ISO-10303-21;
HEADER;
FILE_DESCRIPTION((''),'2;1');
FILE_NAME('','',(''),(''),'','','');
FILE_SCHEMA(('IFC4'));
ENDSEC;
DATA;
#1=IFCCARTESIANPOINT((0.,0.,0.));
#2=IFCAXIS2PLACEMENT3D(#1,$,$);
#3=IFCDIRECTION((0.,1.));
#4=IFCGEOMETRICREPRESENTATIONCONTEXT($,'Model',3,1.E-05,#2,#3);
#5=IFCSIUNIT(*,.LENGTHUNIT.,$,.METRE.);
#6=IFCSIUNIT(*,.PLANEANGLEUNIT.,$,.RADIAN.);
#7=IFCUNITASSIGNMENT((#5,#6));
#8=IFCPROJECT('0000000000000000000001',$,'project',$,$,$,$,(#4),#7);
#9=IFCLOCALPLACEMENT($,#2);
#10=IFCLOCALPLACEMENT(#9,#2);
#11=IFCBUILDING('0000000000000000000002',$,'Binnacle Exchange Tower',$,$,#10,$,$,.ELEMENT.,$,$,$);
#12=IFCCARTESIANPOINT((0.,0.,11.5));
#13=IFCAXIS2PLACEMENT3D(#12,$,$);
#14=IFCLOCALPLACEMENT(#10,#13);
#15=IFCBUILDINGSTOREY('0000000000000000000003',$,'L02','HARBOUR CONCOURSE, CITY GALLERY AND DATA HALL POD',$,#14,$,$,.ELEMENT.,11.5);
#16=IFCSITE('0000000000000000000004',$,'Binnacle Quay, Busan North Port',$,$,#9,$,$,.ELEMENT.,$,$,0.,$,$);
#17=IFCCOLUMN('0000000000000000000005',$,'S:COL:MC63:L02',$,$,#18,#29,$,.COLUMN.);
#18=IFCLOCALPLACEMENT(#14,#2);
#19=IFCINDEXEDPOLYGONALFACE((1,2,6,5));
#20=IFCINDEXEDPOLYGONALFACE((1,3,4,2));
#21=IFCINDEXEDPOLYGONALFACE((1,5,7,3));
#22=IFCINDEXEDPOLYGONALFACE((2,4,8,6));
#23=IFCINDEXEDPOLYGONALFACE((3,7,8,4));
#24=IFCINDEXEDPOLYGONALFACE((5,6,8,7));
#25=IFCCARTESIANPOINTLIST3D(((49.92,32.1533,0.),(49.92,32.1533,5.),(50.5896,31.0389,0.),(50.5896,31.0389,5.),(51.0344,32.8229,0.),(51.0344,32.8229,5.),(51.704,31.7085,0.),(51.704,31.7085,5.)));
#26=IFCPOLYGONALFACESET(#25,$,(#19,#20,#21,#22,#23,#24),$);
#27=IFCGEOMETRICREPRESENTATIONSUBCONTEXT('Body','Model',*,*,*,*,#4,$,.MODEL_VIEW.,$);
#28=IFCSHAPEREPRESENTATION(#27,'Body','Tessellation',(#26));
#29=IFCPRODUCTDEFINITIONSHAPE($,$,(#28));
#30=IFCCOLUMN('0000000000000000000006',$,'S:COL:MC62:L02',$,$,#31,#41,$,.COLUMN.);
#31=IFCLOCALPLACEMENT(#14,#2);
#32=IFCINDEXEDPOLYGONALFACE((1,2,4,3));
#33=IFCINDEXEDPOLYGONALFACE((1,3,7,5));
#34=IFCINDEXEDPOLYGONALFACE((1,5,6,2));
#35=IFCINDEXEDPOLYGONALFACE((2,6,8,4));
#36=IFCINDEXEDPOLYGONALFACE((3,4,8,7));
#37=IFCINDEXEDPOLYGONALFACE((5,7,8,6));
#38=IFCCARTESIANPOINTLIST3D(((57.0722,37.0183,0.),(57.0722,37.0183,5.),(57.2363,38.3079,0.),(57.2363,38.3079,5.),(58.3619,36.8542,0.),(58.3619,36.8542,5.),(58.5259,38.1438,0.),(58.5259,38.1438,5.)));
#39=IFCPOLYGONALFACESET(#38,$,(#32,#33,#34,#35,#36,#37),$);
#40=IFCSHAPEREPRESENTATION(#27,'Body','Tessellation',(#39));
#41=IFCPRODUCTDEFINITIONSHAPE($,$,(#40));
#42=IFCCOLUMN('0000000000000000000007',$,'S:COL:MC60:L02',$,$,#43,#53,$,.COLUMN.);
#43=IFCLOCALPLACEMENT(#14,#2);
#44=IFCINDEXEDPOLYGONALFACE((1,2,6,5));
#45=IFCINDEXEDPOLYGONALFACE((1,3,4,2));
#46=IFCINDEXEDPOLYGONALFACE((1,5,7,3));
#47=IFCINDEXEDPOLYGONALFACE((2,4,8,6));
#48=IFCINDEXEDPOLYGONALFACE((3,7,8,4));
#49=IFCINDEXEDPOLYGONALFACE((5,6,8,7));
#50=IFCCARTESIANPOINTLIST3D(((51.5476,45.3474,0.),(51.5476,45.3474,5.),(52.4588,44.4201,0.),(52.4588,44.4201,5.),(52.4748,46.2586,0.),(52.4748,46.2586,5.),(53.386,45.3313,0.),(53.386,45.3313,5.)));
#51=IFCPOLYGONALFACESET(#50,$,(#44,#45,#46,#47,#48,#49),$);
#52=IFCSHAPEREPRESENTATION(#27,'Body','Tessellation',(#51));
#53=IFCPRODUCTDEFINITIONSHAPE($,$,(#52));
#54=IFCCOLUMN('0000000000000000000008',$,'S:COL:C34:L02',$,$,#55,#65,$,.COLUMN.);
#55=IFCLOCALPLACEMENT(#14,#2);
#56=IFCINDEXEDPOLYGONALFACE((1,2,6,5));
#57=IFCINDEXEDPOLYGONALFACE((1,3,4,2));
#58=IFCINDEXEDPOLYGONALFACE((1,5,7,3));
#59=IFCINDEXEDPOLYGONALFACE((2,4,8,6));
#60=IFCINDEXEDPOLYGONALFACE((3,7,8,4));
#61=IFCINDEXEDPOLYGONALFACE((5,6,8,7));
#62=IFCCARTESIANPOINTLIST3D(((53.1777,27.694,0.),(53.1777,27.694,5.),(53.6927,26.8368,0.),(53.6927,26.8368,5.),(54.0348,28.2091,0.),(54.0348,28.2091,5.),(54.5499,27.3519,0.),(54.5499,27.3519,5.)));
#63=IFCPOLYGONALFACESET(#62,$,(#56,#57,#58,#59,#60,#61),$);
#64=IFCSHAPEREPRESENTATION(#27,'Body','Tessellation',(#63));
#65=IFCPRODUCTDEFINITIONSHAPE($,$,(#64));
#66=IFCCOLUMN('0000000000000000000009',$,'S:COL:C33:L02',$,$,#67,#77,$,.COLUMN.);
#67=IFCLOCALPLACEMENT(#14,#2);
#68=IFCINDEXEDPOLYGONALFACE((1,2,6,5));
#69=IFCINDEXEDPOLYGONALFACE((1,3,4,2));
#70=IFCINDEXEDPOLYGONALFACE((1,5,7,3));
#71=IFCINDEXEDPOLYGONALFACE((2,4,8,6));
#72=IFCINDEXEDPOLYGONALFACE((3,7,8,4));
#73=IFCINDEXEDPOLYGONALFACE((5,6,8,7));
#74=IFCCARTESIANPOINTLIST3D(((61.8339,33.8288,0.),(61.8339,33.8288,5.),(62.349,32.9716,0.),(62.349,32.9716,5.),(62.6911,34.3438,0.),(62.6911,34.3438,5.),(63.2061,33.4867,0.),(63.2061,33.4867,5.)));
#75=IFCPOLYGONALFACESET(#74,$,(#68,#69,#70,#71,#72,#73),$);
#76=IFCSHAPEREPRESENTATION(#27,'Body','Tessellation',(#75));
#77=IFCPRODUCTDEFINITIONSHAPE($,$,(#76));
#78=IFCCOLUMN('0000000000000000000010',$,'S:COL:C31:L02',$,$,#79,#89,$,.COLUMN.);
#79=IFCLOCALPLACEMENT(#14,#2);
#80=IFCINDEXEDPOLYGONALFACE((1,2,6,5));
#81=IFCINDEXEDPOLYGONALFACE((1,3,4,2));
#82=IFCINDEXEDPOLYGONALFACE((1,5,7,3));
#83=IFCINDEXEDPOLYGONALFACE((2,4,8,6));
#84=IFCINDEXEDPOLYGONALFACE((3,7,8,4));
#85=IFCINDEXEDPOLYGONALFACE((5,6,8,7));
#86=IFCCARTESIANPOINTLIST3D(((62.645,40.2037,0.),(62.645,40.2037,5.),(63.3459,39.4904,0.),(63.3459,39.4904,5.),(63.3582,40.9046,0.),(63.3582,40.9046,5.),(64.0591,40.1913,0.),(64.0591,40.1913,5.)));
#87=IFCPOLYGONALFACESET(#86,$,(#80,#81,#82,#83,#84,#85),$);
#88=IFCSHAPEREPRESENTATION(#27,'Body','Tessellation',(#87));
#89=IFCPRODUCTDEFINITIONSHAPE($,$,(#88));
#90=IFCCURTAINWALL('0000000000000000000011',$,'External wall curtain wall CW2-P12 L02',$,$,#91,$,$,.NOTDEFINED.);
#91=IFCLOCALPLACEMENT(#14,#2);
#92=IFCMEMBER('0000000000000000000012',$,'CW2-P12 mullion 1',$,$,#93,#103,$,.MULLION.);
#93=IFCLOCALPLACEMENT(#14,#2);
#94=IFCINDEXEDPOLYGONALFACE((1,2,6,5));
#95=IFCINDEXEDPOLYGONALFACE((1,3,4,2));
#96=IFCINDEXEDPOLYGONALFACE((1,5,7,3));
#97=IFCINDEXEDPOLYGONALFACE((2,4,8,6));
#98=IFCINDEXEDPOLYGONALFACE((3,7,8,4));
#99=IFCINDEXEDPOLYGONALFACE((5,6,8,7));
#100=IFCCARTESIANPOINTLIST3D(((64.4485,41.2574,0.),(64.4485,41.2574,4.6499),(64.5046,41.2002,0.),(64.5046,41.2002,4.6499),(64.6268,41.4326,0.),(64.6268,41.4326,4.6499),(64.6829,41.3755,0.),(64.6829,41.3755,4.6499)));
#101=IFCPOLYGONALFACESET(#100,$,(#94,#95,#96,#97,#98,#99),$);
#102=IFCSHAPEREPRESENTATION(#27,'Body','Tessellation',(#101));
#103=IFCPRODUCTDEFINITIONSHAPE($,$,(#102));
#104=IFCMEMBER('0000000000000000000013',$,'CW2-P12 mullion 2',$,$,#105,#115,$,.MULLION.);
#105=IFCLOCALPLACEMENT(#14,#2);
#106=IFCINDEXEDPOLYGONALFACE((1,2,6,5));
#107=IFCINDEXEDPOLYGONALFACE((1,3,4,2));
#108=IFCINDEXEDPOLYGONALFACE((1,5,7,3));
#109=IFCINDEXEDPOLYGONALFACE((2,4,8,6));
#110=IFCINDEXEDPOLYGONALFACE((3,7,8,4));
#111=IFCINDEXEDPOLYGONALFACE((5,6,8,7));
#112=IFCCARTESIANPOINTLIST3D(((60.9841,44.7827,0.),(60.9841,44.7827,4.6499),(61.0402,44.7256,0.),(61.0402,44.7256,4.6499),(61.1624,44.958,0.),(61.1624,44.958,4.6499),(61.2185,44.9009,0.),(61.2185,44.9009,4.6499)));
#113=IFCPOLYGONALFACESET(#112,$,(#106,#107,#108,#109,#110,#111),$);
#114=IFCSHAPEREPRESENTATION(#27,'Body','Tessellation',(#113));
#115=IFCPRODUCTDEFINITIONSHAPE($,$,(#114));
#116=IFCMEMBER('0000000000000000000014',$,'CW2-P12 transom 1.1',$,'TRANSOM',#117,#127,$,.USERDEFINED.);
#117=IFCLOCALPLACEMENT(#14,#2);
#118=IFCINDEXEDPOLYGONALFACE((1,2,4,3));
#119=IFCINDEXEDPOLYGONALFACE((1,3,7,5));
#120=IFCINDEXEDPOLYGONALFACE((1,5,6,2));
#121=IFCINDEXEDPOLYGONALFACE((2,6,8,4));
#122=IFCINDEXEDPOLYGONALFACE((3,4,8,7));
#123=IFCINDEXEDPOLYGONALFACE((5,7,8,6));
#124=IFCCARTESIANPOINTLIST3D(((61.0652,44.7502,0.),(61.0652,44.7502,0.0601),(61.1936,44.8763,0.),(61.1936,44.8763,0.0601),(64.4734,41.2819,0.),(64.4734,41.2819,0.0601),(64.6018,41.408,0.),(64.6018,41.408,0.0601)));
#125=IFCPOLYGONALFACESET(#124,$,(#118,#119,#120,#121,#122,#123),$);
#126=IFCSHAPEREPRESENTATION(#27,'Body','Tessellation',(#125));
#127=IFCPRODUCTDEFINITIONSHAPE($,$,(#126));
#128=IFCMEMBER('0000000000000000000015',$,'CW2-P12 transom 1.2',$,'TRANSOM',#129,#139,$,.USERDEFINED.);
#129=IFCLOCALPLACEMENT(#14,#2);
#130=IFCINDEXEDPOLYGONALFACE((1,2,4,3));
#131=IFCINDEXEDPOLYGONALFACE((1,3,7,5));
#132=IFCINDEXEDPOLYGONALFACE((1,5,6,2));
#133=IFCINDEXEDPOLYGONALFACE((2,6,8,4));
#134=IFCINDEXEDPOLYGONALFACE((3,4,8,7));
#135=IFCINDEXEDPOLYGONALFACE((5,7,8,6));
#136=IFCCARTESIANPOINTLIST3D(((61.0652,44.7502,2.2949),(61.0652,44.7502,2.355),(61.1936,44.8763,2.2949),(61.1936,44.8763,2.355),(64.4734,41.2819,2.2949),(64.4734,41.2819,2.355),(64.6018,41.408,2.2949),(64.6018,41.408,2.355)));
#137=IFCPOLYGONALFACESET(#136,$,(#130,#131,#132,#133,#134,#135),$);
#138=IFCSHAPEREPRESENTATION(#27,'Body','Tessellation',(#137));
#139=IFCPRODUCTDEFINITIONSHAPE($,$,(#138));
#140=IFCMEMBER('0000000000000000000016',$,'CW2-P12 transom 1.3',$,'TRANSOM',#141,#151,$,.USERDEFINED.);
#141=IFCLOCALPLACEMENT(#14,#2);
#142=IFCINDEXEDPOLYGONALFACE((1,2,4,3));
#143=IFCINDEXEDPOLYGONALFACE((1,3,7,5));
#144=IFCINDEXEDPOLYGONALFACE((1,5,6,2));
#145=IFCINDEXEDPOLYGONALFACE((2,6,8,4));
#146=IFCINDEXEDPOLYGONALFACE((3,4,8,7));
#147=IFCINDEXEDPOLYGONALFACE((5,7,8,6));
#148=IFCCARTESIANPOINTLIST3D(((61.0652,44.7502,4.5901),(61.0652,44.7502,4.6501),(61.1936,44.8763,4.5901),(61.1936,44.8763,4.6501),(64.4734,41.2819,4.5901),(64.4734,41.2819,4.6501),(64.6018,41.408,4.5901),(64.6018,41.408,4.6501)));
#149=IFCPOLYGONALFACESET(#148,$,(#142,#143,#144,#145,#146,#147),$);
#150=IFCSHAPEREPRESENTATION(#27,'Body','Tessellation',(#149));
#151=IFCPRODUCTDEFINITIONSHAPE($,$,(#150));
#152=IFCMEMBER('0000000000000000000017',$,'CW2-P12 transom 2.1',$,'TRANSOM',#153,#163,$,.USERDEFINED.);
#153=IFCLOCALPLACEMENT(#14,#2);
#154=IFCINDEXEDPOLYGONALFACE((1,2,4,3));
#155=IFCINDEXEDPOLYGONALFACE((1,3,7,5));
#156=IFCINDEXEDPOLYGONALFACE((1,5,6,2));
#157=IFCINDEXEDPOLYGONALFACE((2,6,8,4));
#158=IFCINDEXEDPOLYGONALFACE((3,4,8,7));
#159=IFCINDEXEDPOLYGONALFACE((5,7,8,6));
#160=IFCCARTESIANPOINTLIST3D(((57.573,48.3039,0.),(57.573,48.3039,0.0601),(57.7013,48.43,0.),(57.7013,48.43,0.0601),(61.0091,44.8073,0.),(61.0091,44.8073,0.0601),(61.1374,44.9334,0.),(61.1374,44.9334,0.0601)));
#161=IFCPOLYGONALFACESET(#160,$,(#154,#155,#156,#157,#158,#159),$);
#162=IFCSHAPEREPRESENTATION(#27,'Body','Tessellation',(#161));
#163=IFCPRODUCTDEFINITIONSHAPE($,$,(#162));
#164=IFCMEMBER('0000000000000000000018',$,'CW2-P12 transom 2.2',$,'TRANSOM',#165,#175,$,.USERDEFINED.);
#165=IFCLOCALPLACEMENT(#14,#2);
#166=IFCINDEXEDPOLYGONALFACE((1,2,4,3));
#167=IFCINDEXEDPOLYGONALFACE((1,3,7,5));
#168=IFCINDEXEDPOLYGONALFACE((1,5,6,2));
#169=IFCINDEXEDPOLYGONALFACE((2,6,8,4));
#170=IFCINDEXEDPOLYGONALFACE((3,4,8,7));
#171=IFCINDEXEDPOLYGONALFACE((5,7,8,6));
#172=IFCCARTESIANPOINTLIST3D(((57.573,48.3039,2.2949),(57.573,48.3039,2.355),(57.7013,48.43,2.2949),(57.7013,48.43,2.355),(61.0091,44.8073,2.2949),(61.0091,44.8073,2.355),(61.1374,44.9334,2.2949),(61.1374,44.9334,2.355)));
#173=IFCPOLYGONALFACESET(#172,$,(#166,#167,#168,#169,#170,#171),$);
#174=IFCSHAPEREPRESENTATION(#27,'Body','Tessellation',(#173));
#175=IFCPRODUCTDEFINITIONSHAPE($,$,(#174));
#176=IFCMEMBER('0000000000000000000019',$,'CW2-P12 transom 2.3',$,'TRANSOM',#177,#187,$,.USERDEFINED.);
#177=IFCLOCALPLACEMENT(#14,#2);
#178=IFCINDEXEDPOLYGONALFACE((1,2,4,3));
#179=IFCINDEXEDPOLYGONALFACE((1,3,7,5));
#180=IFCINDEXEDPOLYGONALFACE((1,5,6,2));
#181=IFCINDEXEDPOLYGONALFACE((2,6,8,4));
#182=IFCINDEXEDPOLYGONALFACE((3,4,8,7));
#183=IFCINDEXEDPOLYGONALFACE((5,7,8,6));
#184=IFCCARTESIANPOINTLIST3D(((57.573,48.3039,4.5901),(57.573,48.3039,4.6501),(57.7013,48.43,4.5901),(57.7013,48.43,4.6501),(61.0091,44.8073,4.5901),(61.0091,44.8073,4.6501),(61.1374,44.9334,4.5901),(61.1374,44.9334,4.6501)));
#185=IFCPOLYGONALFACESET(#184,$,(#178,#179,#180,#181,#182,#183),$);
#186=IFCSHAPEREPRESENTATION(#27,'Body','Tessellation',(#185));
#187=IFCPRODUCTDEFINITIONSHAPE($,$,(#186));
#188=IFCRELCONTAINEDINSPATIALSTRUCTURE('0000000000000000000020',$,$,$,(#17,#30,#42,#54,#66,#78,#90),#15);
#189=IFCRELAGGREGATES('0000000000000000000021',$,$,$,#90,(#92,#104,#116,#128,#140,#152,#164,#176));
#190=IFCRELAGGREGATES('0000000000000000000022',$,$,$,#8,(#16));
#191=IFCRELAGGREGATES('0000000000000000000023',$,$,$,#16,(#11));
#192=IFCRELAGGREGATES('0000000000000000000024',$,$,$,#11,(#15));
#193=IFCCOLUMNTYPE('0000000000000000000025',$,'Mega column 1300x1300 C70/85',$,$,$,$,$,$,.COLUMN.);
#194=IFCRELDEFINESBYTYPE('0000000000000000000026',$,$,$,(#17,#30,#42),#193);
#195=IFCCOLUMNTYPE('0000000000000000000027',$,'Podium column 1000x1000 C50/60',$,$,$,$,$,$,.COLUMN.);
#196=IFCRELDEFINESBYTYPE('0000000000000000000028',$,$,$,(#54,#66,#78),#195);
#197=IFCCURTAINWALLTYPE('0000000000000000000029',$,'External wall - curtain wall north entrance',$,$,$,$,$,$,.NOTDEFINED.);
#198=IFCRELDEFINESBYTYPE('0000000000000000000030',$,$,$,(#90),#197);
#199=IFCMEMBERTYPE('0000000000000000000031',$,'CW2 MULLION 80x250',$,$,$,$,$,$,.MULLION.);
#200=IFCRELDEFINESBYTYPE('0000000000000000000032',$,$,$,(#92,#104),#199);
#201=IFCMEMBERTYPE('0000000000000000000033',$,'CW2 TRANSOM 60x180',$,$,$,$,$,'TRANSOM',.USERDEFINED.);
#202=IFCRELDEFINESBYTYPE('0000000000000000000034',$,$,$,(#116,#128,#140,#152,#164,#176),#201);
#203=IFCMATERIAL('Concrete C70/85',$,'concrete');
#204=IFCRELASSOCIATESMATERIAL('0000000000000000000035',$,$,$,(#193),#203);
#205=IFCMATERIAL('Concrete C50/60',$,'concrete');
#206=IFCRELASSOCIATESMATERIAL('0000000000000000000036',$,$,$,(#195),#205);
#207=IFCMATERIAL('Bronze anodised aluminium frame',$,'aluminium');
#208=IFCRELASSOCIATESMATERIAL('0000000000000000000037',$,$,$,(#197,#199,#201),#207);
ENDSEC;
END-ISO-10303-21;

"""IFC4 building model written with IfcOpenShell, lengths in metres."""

from ifc_helpers import new_model, si_unit, direction, frame, origin, origin_2d, place, context, subcontext, project, spatial, rectangle, extrude, material, material_profile, profile_set, type_object, element, aggregate, save


model = new_model("IFC4")

# Units and contexts
model_context = context("Model", 3, precision=1e-05, world=origin(), true_north=direction((0.0, 1.0)))
body_context = subcontext(model_context, "Body", "Model", "MODEL_VIEW")
ifc_project = project(units=[si_unit("LENGTHUNIT", "METRE"), si_unit("PLANEANGLEUNIT", "RADIAN")], contexts=[model_context])

# Site, building, storey
site_placement = place(None, origin())
site = spatial("IfcSite", under=ifc_project, at=site_placement, Name="Binnacle Quay, Busan North Port", CompositionType="ELEMENT", RefElevation=0.0)
building_placement = place(site_placement, origin())
building = spatial("IfcBuilding", under=site, at=building_placement, Name="Binnacle Exchange Tower", CompositionType="ELEMENT")
storey_placement = place(building_placement, frame((0.0, 0.0, 11.5)))
storey = spatial("IfcBuildingStorey", under=building, at=storey_placement, Name="L02", Description="HARBOUR CONCOURSE, CITY GALLERY AND DATA HALL POD", CompositionType="ELEMENT", Elevation=11.5)

# Columns
ifc_material_1 = material(Name="Concrete C70/85", Category="concrete")
ifc_material_profile_1 = material_profile(ifc_material_1, rectangle(XDim=1.3, YDim=1.3, at=origin_2d()), Name="Mega column 1300x1300 C70/85")
ifc_profile_set_1 = profile_set([ifc_material_profile_1], Name="Concrete C70/85")
column_type_1 = type_object("IfcColumnType", Name="Mega column 1300x1300 C70/85", PredefinedType="COLUMN", material=ifc_profile_set_1)
for number, where, z_axis, x_axis, name in (
    (1, (50.812, 31.9309, 0.0), (0.0, 0.0, 1.0), (0.857167, 0.515038, 0.0), "S:COL:MC63:L02"),
    (2, (57.7991, 37.5811, 0.0), (0.0, 0.0, 1.0), (0.126199, 0.992005, 0.0), "S:COL:MC62:L02"),
    (3, (52.4668, 45.3394, 0.0), (0.0, 0.0, 1.0), (-0.700909, 0.71325, 0.0), "S:COL:MC60:L02"),
):
    element("IfcColumn", number, at=place(storey_placement, frame(where, z_axis=z_axis, x_axis=x_axis)), inside=storey, type_object=column_type_1, Name=name, PredefinedType="COLUMN", context=body_context, shape_type="SweptSolid", body=[
        extrude(rectangle(XDim=1.3, YDim=1.3, at=origin_2d()), origin(), (0.0, 0.0, 1.0), 5.0),
    ])
ifc_material_2 = material(Name="Concrete C50/60", Category="concrete")
ifc_material_profile_2 = material_profile(ifc_material_2, rectangle(XDim=1.0, YDim=1.0, at=origin_2d()), Name="Podium column 1000x1000 C50/60")
ifc_profile_set_2 = profile_set([ifc_material_profile_2], Name="Concrete C50/60")
column_type_2 = type_object("IfcColumnType", Name="Podium column 1000x1000 C50/60", PredefinedType="COLUMN", material=ifc_profile_set_2)
for number, where, z_axis, x_axis, name in (
    (4, (53.8638, 27.5229, 0.0), (0.0, 0.0, 1.0), (0.857167, 0.515038, 0.0), "S:COL:C34:L02"),
    (5, (62.52, 33.6577, 0.0), (0.0, 0.0, 1.0), (0.857167, 0.515038, 0.0), "S:COL:C33:L02"),
    (6, (63.3521, 40.1975, 0.0), (0.0, 0.0, 1.0), (-0.700909, 0.71325, 0.0), "S:COL:C31:L02"),
):
    element("IfcColumn", number, at=place(storey_placement, frame(where, z_axis=z_axis, x_axis=x_axis)), inside=storey, type_object=column_type_2, Name=name, PredefinedType="COLUMN", context=body_context, shape_type="SweptSolid", body=[
        extrude(rectangle(XDim=1.0, YDim=1.0, at=origin_2d()), origin(), (0.0, 0.0, 1.0), 5.0),
    ])

# Curtain wall, members
ifc_material_3 = material(Name="Bronze anodised aluminium frame", Category="aluminium")
curtain_wall_type = type_object("IfcCurtainWallType", Name="External wall - curtain wall north entrance", PredefinedType="NOTDEFINED", material=ifc_material_3)
curtain_wall_placement = place(storey_placement, origin())
curtain_wall = element("IfcCurtainWall", 7, at=curtain_wall_placement, inside=storey, type_object=curtain_wall_type, Name="External wall curtain wall CW2-P12 L02", PredefinedType="NOTDEFINED")
ifc_material_profile_3 = material_profile(ifc_material_3, rectangle(XDim=0.25, YDim=0.0801, at=origin_2d()), Name="AL 80x250")
ifc_profile_set_3 = profile_set([ifc_material_profile_3], Name="Bronze anodised aluminium frame")
member_type_1 = type_object("IfcMemberType", Name="CW2 MULLION 80x250", PredefinedType="MULLION", material=ifc_profile_set_3)
member_1_placement = place(storey_placement, frame((64.5657, 41.3164, 0.0), z_axis=(0.0, 0.0, 1.0), x_axis=(-0.71325, -0.700909, 0.0)))
member_1 = element("IfcMember", 8, at=member_1_placement, type_object=member_type_1, Name="CW2-P12 mullion 1", PredefinedType="MULLION", context=body_context, shape_type="SweptSolid", body=[
    extrude(rectangle(XDim=0.25, YDim=0.0801, at=origin_2d()), origin(), (0.0, 0.0, 1.0), 4.6499),
])
member_2_placement = place(storey_placement, frame((61.1013, 44.8418, 0.0), z_axis=(0.0, 0.0, 1.0), x_axis=(-0.71325, -0.700909, 0.0)))
member_2 = element("IfcMember", 9, at=member_2_placement, type_object=member_type_1, Name="CW2-P12 mullion 2", PredefinedType="MULLION", context=body_context, shape_type="SweptSolid", body=[
    extrude(rectangle(XDim=0.25, YDim=0.0801, at=origin_2d()), origin(), (0.0, 0.0, 1.0), 4.6499),
])
ifc_material_profile_4 = material_profile(ifc_material_3, rectangle(XDim=0.1799, YDim=0.0601, at=origin_2d()), Name="AL 180x60")
ifc_profile_set_4 = profile_set([ifc_material_profile_4], Name="Bronze anodised aluminium frame")
member_type_2 = type_object("IfcMemberType", Name="CW2 TRANSOM 60x180", ElementType="TRANSOM", PredefinedType="USERDEFINED", material=ifc_profile_set_4)
member_3_placement = place(storey_placement, frame((64.5376, 41.345, 0.03), z_axis=(-0.700904, 0.713255, 0.0), x_axis=(-0.713255, -0.700904, 0.0)))
member_3 = element("IfcMember", 10, at=member_3_placement, type_object=member_type_2, Name="CW2-P12 transom 1.1", ObjectType="TRANSOM", PredefinedType="USERDEFINED", context=body_context, shape_type="SweptSolid", body=[
    extrude(rectangle(XDim=0.1799, YDim=0.0601, at=origin_2d()), origin(), (0.0, 0.0, 1.0), 4.8625),
])
member_4_placement = place(storey_placement, frame((64.5376, 41.345, 2.325), z_axis=(-0.700904, 0.713255, 0.0), x_axis=(-0.713255, -0.700904, 0.0)))
member_4 = element("IfcMember", 11, at=member_4_placement, type_object=member_type_2, Name="CW2-P12 transom 1.2", ObjectType="TRANSOM", PredefinedType="USERDEFINED", context=body_context, shape_type="SweptSolid", body=[
    extrude(rectangle(XDim=0.1799, YDim=0.0601, at=origin_2d()), origin(), (0.0, 0.0, 1.0), 4.8625),
])
member_5_placement = place(storey_placement, frame((64.5376, 41.345, 4.6201), z_axis=(-0.700904, 0.713255, 0.0), x_axis=(-0.713255, -0.700904, 0.0)))
member_5 = element("IfcMember", 12, at=member_5_placement, type_object=member_type_2, Name="CW2-P12 transom 1.3", ObjectType="TRANSOM", PredefinedType="USERDEFINED", context=body_context, shape_type="SweptSolid", body=[
    extrude(rectangle(XDim=0.1799, YDim=0.0601, at=origin_2d()), origin(), (0.0, 0.0, 1.0), 4.8625),
])
member_6_placement = place(storey_placement, frame((61.0732, 44.8704, 0.03), z_axis=(-0.700904, 0.713255, 0.0), x_axis=(-0.713255, -0.700904, 0.0)))
member_6 = element("IfcMember", 13, at=member_6_placement, type_object=member_type_2, Name="CW2-P12 transom 2.1", ObjectType="TRANSOM", PredefinedType="USERDEFINED", context=body_context, shape_type="SweptSolid", body=[
    extrude(rectangle(XDim=0.1799, YDim=0.0601, at=origin_2d()), origin(), (0.0, 0.0, 1.0), 4.9023),
])
member_7_placement = place(storey_placement, frame((61.0732, 44.8704, 2.325), z_axis=(-0.700904, 0.713255, 0.0), x_axis=(-0.713255, -0.700904, 0.0)))
member_7 = element("IfcMember", 14, at=member_7_placement, type_object=member_type_2, Name="CW2-P12 transom 2.2", ObjectType="TRANSOM", PredefinedType="USERDEFINED", context=body_context, shape_type="SweptSolid", body=[
    extrude(rectangle(XDim=0.1799, YDim=0.0601, at=origin_2d()), origin(), (0.0, 0.0, 1.0), 4.9023),
])
member_8_placement = place(storey_placement, frame((61.0732, 44.8704, 4.6201), z_axis=(-0.700904, 0.713255, 0.0), x_axis=(-0.713255, -0.700904, 0.0)))
member_8 = element("IfcMember", 15, at=member_8_placement, type_object=member_type_2, Name="CW2-P12 transom 2.3", ObjectType="TRANSOM", PredefinedType="USERDEFINED", context=body_context, shape_type="SweptSolid", body=[
    extrude(rectangle(XDim=0.1799, YDim=0.0601, at=origin_2d()), origin(), (0.0, 0.0, 1.0), 4.9023),
])

aggregate(curtain_wall, [member_1, member_2, member_3, member_4, member_5, member_6, member_7, member_8])

save(model, "model.ifc")
